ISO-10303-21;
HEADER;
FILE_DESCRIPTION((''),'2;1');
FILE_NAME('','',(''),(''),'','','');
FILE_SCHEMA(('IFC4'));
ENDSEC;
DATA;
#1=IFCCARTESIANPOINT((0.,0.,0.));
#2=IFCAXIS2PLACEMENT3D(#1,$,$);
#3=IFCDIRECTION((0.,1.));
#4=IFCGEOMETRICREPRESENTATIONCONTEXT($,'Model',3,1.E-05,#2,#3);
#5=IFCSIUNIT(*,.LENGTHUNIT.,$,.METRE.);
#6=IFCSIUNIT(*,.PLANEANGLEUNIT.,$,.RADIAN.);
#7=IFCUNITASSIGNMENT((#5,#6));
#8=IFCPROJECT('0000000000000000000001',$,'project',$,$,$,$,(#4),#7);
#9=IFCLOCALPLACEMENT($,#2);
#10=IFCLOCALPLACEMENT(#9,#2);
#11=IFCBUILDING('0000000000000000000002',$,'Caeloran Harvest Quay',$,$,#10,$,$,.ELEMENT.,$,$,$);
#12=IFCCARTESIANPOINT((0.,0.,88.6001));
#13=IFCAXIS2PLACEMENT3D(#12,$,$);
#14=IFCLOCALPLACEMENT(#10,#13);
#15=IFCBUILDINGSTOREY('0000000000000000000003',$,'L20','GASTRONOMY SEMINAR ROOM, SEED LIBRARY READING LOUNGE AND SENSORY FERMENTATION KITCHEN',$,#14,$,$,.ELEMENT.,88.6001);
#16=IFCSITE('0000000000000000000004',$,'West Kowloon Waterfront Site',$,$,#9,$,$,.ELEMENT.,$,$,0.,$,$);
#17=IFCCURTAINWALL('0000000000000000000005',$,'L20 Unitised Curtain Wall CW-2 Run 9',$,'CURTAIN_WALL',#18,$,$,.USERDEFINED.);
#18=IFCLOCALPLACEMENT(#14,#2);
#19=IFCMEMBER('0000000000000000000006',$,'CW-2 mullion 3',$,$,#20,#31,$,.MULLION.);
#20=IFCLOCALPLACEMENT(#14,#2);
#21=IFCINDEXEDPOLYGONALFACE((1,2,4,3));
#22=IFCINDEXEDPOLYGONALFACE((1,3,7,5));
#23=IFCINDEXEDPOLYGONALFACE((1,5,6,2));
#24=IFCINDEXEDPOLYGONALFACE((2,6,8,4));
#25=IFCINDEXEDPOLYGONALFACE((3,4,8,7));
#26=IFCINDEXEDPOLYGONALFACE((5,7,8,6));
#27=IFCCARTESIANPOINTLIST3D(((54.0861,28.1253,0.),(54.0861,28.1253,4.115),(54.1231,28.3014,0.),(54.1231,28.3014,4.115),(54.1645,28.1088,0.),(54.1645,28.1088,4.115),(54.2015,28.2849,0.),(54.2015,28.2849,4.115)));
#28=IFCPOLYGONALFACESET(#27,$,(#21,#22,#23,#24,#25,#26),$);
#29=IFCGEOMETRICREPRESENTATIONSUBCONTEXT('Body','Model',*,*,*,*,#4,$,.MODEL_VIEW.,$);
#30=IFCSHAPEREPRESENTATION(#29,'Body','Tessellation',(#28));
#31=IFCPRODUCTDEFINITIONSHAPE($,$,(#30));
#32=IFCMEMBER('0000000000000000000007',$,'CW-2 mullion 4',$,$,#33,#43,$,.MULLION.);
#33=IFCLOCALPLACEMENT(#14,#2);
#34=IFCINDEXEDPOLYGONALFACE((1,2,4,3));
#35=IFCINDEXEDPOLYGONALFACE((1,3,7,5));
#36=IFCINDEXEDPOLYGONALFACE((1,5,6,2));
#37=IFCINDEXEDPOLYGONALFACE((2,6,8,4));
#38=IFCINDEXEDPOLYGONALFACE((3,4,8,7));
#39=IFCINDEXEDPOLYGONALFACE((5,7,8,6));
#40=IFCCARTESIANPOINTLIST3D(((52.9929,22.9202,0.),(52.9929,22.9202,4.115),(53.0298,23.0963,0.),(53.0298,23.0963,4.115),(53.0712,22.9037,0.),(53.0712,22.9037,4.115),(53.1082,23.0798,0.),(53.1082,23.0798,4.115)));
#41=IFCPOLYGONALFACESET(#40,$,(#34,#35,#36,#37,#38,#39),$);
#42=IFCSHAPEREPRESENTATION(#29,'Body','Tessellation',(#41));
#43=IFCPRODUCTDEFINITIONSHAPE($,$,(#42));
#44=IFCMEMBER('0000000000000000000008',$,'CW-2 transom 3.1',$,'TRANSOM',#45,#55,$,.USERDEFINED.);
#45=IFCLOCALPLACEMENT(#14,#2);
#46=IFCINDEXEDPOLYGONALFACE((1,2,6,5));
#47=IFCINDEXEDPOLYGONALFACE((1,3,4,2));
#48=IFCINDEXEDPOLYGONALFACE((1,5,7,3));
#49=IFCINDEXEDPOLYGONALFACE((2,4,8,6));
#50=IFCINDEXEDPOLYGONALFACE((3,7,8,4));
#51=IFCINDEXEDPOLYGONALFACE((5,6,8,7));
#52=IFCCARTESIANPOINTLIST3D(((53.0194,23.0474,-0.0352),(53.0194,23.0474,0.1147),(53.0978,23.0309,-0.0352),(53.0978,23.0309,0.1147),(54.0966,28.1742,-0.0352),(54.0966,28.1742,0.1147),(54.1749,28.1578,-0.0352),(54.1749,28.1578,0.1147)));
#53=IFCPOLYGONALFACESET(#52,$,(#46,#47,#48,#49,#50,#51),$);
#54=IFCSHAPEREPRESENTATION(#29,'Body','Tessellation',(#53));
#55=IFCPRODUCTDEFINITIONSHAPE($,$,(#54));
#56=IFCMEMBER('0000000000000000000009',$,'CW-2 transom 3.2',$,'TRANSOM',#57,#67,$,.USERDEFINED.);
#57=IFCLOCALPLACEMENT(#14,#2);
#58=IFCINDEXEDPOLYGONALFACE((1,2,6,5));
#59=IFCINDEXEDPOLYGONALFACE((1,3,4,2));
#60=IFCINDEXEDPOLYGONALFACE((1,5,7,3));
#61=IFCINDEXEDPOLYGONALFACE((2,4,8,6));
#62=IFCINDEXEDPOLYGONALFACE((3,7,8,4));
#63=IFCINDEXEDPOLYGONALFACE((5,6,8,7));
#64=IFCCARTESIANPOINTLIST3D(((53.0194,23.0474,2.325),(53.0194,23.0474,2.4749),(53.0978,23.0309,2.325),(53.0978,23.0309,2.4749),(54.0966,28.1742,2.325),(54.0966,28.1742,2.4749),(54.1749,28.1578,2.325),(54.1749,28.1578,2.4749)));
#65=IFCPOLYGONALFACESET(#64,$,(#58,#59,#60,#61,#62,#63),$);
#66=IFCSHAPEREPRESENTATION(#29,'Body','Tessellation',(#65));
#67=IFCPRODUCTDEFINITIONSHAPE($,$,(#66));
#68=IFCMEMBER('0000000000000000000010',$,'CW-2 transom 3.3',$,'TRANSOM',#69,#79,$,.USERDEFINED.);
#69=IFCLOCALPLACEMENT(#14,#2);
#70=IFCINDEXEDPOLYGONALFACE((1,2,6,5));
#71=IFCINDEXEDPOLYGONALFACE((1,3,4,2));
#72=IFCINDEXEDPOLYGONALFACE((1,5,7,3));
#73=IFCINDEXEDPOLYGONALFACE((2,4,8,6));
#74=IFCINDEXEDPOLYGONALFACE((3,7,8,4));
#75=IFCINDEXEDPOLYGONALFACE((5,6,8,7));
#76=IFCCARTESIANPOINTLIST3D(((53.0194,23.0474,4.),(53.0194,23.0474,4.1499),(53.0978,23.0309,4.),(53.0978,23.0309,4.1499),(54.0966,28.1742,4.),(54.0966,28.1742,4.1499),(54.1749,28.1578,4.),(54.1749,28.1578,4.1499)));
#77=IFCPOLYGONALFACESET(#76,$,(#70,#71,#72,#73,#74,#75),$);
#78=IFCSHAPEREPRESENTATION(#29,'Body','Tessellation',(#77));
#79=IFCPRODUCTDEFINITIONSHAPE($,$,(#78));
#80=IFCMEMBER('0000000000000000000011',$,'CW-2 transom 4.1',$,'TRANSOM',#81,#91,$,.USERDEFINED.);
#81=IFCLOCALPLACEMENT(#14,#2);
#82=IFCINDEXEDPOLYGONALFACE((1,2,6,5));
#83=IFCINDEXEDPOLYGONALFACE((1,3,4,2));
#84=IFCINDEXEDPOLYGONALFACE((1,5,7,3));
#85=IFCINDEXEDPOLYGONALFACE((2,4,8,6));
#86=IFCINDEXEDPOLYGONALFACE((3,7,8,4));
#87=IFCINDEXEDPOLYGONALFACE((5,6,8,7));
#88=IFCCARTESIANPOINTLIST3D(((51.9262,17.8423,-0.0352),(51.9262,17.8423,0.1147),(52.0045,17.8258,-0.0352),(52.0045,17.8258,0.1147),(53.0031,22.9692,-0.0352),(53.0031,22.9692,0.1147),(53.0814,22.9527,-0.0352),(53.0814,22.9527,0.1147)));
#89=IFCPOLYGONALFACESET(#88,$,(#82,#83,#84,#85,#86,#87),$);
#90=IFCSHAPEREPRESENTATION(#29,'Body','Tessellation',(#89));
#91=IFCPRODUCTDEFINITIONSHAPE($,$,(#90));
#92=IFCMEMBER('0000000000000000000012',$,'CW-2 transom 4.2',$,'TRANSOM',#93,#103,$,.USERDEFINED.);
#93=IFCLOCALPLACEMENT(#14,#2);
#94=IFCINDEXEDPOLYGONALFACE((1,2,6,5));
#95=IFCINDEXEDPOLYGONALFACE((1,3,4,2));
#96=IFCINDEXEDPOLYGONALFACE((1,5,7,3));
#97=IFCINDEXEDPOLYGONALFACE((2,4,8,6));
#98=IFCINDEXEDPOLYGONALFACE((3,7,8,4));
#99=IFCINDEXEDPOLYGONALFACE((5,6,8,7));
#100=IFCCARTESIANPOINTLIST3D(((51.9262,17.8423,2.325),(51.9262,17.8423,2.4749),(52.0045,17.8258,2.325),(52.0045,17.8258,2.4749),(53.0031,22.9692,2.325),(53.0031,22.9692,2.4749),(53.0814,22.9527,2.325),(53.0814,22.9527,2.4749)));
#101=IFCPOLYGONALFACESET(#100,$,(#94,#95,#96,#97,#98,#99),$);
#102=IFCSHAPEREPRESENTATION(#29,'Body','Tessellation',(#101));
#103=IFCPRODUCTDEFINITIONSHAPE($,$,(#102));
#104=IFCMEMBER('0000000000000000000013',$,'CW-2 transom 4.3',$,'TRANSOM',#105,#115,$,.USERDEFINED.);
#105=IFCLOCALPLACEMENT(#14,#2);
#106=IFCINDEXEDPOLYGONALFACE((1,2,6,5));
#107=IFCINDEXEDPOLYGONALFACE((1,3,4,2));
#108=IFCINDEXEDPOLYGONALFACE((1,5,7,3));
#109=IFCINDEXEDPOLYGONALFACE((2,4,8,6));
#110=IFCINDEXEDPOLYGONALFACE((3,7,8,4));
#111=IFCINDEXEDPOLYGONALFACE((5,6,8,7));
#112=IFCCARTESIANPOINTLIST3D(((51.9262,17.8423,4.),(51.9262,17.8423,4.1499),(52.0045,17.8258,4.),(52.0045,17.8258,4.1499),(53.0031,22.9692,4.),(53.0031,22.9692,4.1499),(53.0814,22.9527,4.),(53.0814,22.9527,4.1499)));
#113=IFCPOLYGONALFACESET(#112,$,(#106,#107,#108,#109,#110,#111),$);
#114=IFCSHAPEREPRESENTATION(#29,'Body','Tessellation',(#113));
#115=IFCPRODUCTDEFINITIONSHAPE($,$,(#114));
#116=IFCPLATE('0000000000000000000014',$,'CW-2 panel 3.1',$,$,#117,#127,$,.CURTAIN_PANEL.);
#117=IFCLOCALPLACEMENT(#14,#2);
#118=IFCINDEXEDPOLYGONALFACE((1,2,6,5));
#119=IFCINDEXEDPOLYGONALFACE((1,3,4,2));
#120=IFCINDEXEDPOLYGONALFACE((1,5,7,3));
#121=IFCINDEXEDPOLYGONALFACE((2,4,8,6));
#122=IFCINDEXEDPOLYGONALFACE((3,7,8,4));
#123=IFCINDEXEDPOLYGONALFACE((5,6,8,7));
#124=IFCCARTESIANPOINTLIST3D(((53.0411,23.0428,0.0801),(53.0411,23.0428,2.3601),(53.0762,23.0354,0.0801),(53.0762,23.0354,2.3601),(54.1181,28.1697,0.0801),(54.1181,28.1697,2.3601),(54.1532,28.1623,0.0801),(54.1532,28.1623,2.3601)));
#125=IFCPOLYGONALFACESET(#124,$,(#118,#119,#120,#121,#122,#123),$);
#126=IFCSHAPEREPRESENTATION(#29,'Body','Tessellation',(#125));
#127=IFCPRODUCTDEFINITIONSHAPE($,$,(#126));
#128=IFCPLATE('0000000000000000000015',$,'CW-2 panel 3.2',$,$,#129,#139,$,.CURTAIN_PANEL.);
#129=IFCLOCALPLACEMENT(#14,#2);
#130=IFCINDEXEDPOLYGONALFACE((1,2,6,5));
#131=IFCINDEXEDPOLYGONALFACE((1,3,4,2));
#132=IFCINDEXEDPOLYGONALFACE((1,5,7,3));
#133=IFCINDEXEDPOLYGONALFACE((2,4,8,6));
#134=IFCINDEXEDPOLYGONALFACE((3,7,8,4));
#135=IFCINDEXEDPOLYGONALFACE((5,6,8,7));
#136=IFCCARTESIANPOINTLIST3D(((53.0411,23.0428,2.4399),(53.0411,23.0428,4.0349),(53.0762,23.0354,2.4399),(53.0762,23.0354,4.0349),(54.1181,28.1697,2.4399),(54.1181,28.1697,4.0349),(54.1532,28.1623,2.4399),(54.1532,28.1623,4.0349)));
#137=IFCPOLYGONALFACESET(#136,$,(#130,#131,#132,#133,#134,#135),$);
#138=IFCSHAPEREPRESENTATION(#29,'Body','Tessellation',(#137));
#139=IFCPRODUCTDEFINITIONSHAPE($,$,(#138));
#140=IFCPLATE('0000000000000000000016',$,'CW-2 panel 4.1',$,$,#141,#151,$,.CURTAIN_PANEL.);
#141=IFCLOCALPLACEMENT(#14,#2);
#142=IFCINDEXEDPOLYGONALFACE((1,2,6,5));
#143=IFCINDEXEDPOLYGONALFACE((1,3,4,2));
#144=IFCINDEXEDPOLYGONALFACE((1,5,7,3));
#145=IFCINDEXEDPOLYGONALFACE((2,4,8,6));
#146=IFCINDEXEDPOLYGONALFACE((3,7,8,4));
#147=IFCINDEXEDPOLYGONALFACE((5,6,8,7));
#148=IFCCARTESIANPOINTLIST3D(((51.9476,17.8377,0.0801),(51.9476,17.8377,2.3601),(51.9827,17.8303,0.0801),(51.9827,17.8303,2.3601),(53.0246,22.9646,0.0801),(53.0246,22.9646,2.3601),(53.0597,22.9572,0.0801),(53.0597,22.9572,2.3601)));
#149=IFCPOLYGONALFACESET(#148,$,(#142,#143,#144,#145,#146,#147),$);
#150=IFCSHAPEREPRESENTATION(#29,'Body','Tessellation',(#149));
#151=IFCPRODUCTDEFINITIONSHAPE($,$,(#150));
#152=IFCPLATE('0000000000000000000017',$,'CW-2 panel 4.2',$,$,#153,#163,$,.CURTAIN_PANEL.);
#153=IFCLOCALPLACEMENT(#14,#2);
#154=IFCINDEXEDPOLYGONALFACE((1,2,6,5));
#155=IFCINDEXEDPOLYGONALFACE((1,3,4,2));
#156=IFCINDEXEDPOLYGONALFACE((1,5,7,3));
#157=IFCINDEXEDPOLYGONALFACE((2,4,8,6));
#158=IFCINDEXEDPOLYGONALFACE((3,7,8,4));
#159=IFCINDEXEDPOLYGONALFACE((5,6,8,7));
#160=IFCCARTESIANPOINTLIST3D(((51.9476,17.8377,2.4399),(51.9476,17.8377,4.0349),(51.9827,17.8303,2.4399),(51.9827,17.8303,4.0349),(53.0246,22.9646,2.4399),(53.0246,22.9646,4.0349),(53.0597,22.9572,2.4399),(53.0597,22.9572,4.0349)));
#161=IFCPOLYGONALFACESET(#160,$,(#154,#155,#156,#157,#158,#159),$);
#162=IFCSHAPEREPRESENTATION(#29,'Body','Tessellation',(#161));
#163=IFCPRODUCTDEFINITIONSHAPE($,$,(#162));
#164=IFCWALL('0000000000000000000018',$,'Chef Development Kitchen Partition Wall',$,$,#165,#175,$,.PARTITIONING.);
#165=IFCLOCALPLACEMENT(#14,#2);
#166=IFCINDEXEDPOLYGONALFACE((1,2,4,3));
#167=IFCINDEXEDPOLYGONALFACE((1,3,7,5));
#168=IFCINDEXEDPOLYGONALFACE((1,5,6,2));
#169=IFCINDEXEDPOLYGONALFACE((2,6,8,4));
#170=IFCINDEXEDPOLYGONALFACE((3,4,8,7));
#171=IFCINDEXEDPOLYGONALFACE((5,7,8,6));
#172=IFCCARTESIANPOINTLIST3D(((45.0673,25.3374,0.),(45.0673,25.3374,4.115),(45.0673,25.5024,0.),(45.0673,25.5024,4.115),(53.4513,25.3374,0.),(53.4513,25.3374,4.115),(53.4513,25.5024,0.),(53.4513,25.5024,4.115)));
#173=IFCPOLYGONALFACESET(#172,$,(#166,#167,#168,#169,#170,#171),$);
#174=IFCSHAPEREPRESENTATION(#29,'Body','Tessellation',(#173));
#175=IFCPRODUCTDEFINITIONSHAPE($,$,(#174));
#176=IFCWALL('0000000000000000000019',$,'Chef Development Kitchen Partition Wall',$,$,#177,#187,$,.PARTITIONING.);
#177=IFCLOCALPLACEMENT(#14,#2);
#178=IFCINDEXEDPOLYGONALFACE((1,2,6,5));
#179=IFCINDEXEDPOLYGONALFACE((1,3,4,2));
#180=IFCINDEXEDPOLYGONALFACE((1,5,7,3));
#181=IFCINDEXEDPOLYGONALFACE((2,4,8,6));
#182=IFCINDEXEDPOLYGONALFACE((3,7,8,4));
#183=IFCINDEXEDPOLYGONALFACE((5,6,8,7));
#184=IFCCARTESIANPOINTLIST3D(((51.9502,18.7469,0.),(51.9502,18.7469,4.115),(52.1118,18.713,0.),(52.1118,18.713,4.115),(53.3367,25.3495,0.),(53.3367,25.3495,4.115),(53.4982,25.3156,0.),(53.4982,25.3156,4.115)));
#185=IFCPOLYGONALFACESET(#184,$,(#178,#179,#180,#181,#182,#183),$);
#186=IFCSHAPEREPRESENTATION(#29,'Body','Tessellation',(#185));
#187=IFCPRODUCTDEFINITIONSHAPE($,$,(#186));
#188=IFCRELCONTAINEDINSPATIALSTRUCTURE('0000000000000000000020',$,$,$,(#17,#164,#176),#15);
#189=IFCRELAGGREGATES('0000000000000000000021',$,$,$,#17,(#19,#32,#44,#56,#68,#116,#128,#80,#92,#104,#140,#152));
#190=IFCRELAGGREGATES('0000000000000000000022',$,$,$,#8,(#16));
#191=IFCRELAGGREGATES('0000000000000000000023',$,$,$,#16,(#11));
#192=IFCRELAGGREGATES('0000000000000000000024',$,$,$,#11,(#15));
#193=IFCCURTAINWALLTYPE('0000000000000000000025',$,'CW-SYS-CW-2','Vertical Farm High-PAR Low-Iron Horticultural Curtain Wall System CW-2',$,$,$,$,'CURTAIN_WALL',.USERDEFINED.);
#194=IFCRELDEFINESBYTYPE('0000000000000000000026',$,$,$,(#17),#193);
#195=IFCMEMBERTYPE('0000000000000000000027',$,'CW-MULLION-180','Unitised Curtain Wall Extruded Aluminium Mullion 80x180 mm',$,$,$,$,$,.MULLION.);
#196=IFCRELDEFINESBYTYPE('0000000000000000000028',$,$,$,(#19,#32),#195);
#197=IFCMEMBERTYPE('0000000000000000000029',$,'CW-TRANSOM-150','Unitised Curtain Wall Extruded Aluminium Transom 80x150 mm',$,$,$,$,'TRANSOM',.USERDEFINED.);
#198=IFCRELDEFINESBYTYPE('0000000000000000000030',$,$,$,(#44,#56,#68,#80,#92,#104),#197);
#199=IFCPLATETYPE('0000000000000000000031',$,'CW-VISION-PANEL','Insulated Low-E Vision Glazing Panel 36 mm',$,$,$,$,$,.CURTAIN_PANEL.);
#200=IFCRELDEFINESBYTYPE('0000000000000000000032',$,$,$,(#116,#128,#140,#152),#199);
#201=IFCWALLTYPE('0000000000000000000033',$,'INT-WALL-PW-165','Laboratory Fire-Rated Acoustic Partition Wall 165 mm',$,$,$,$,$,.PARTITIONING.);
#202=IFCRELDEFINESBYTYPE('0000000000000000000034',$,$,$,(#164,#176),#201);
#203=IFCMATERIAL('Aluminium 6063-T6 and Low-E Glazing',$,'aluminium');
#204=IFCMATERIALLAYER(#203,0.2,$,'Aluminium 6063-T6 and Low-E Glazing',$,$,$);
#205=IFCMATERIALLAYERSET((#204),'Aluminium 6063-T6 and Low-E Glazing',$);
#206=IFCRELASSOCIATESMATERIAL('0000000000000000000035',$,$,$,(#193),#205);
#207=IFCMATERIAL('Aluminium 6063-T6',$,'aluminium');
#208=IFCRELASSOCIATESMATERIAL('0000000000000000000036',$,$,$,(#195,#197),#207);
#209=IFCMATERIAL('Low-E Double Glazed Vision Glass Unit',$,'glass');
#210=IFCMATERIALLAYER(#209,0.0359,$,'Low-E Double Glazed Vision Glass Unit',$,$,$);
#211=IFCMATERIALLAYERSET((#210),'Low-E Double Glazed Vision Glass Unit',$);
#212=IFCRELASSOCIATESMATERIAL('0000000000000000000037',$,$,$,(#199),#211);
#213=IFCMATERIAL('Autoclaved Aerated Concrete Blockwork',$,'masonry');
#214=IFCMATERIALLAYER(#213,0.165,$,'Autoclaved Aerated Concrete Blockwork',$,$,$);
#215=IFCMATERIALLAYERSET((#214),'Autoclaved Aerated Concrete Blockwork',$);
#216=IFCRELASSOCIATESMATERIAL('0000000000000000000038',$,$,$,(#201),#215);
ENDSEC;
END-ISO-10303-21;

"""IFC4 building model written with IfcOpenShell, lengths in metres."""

from ifc_helpers import new_model, si_unit, direction, frame, frame_2d, origin, origin_2d, place, context, subcontext, project, spatial, rectangle, extrude, material, layer, layer_set, material_profile, profile_set, type_object, element, aggregate, save


model = new_model("IFC4")

# Units and contexts
model_context = context("Model", 3, precision=1e-05, world=origin(), true_north=direction((0.0, 1.0)))
body_context = subcontext(model_context, "Body", "Model", "MODEL_VIEW")
ifc_project = project(units=[si_unit("LENGTHUNIT", "METRE"), si_unit("PLANEANGLEUNIT", "RADIAN")], contexts=[model_context])

# Site, building, storey
site_placement = place(None, origin())
site = spatial("IfcSite", under=ifc_project, at=site_placement, Name="West Kowloon Waterfront Site", CompositionType="ELEMENT", RefElevation=0.0)
building_placement = place(site_placement, origin())
building = spatial("IfcBuilding", under=site, at=building_placement, Name="Caeloran Harvest Quay", CompositionType="ELEMENT")
storey_placement = place(building_placement, frame((0.0, 0.0, 88.6001)))
storey = spatial("IfcBuildingStorey", under=building, at=storey_placement, Name="L20", Description="GASTRONOMY SEMINAR ROOM, SEED LIBRARY READING LOUNGE AND SENSORY FERMENTATION KITCHEN", CompositionType="ELEMENT", Elevation=88.6001)

# Curtain wall, members, plates
ifc_material_1 = material(Name="Aluminium 6063-T6 and Low-E Glazing", Category="aluminium")
ifc_layer_1 = layer(ifc_material_1, 0.2, Name="Aluminium 6063-T6 and Low-E Glazing")
ifc_layer_set_1 = layer_set([ifc_layer_1], Name="Aluminium 6063-T6 and Low-E Glazing")
curtain_wall_type = type_object("IfcCurtainWallType", Name="CW-SYS-CW-2", Description="Vertical Farm High-PAR Low-Iron Horticultural Curtain Wall System CW-2", ElementType="CURTAIN_WALL", PredefinedType="USERDEFINED", material=ifc_layer_set_1)
curtain_wall_placement = place(storey_placement, origin())
curtain_wall = element("IfcCurtainWall", 1, at=curtain_wall_placement, inside=storey, type_object=curtain_wall_type, Name="L20 Unitised Curtain Wall CW-2 Run 9", ObjectType="CURTAIN_WALL", PredefinedType="USERDEFINED")
ifc_material_2 = material(Name="Aluminium 6063-T6", Category="aluminium")
ifc_material_profile_1 = material_profile(ifc_material_2, rectangle(XDim=0.0801, YDim=0.1799, at=origin_2d()), Name="CW-MULLION-180")
ifc_profile_set_1 = profile_set([ifc_material_profile_1], Name="Aluminium 6063-T6")
member_type_1 = type_object("IfcMemberType", Name="CW-MULLION-180", Description="Unitised Curtain Wall Extruded Aluminium Mullion 80x180 mm", PredefinedType="MULLION", material=ifc_profile_set_1)
member_1_placement = place(storey_placement, frame((54.1438, 28.2051, 0.0), z_axis=(0.0, 0.0, 1.0), x_axis=(0.97864, -0.205583, 0.0)))
member_1 = element("IfcMember", 2, at=member_1_placement, type_object=member_type_1, Name="CW-2 mullion 3", PredefinedType="MULLION", context=body_context, shape_type="SweptSolid", body=[
    extrude(rectangle(XDim=0.0801, YDim=0.1799, at=origin_2d()), origin(), (0.0, 0.0, 1.0), 4.115),
])
member_2_placement = place(storey_placement, frame((53.0505, 23.0, 0.0), z_axis=(0.0, 0.0, 1.0), x_axis=(0.97864, -0.205583, 0.0)))
member_2 = element("IfcMember", 3, at=member_2_placement, type_object=member_type_1, Name="CW-2 mullion 4", PredefinedType="MULLION", context=body_context, shape_type="SweptSolid", body=[
    extrude(rectangle(XDim=0.0801, YDim=0.1799, at=origin_2d()), origin(), (0.0, 0.0, 1.0), 4.115),
])
ifc_material_profile_2 = material_profile(ifc_material_2, rectangle(XDim=0.0801, YDim=0.1499, at=origin_2d()), Name="CW-TRANSOM-150")
ifc_profile_set_2 = profile_set([ifc_material_profile_2], Name="Aluminium 6063-T6")
member_type_2 = type_object("IfcMemberType", Name="CW-TRANSOM-150", Description="Unitised Curtain Wall Extruded Aluminium Transom 80x150 mm", ElementType="TRANSOM", PredefinedType="USERDEFINED", material=ifc_profile_set_2)
member_3_placement = place(storey_placement, frame((54.1357, 28.166, 0.0398), z_axis=(-0.205607, -0.978635, 0.0), x_axis=(0.978635, -0.205607, 0.0)))
member_3 = element("IfcMember", 4, at=member_3_placement, type_object=member_type_2, Name="CW-2 transom 3.1", ObjectType="TRANSOM", PredefinedType="USERDEFINED", context=body_context, shape_type="SweptSolid", body=[
    extrude(rectangle(XDim=0.0801, YDim=0.1499, at=origin_2d()), origin(), (0.0, 0.0, 1.0), 5.2388),
])
member_4_placement = place(storey_placement, frame((54.1357, 28.166, 2.3999), z_axis=(-0.205607, -0.978635, 0.0), x_axis=(0.978635, -0.205607, 0.0)))
member_4 = element("IfcMember", 5, at=member_4_placement, type_object=member_type_2, Name="CW-2 transom 3.2", ObjectType="TRANSOM", PredefinedType="USERDEFINED", context=body_context, shape_type="SweptSolid", body=[
    extrude(rectangle(XDim=0.0801, YDim=0.1499, at=origin_2d()), origin(), (0.0, 0.0, 1.0), 5.2388),
])
member_5_placement = place(storey_placement, frame((54.1357, 28.166, 4.075), z_axis=(-0.205607, -0.978635, 0.0), x_axis=(0.978635, -0.205607, 0.0)))
member_5 = element("IfcMember", 6, at=member_5_placement, type_object=member_type_2, Name="CW-2 transom 3.3", ObjectType="TRANSOM", PredefinedType="USERDEFINED", context=body_context, shape_type="SweptSolid", body=[
    extrude(rectangle(XDim=0.0801, YDim=0.1499, at=origin_2d()), origin(), (0.0, 0.0, 1.0), 5.2388),
])
member_6_placement = place(storey_placement, frame((53.0422, 22.9609, 0.0398), z_axis=(-0.205562, -0.978644, 0.0), x_axis=(0.978644, -0.205562, 0.0)))
member_6 = element("IfcMember", 7, at=member_6_placement, type_object=member_type_2, Name="CW-2 transom 4.1", ObjectType="TRANSOM", PredefinedType="USERDEFINED", context=body_context, shape_type="SweptSolid", body=[
    extrude(rectangle(XDim=0.0801, YDim=0.1499, at=origin_2d()), origin(), (0.0, 0.0, 1.0), 5.2388),
])
member_7_placement = place(storey_placement, frame((53.0422, 22.9609, 2.3999), z_axis=(-0.205562, -0.978644, 0.0), x_axis=(0.978644, -0.205562, 0.0)))
member_7 = element("IfcMember", 8, at=member_7_placement, type_object=member_type_2, Name="CW-2 transom 4.2", ObjectType="TRANSOM", PredefinedType="USERDEFINED", context=body_context, shape_type="SweptSolid", body=[
    extrude(rectangle(XDim=0.0801, YDim=0.1499, at=origin_2d()), origin(), (0.0, 0.0, 1.0), 5.2388),
])
member_8_placement = place(storey_placement, frame((53.0422, 22.9609, 4.075), z_axis=(-0.205562, -0.978644, 0.0), x_axis=(0.978644, -0.205562, 0.0)))
member_8 = element("IfcMember", 9, at=member_8_placement, type_object=member_type_2, Name="CW-2 transom 4.3", ObjectType="TRANSOM", PredefinedType="USERDEFINED", context=body_context, shape_type="SweptSolid", body=[
    extrude(rectangle(XDim=0.0801, YDim=0.1499, at=origin_2d()), origin(), (0.0, 0.0, 1.0), 5.2388),
])
ifc_material_3 = material(Name="Low-E Double Glazed Vision Glass Unit", Category="glass")
ifc_layer_2 = layer(ifc_material_3, 0.0359, Name="Low-E Double Glazed Vision Glass Unit")
ifc_layer_set_2 = layer_set([ifc_layer_2], Name="Low-E Double Glazed Vision Glass Unit")
plate_type = type_object("IfcPlateType", Name="CW-VISION-PANEL", Description="Insulated Low-E Vision Glazing Panel 36 mm", PredefinedType="CURTAIN_PANEL", material=ifc_layer_set_2)
plate_1_placement = place(storey_placement, frame((53.5972, 25.6025, 0.0801), z_axis=(0.0, 0.0, 1.0), x_axis=(-0.205583, -0.97864, 0.0)))
plate_1 = element("IfcPlate", 10, at=plate_1_placement, type_object=plate_type, Name="CW-2 panel 3.1", PredefinedType="CURTAIN_PANEL", context=body_context, shape_type="SweptSolid", body=[
    extrude(rectangle(XDim=5.2388, YDim=0.0359, at=origin_2d()), origin(), (0.0, 0.0, 1.0), 2.28),
])
plate_2_placement = place(storey_placement, frame((53.5972, 25.6025, 2.4399), z_axis=(0.0, 0.0, 1.0), x_axis=(-0.205583, -0.97864, 0.0)))
plate_2 = element("IfcPlate", 11, at=plate_2_placement, type_object=plate_type, Name="CW-2 panel 3.2", PredefinedType="CURTAIN_PANEL", context=body_context, shape_type="SweptSolid", body=[
    extrude(rectangle(XDim=5.2388, YDim=0.0359, at=origin_2d()), origin(), (0.0, 0.0, 1.0), 1.595),
])
plate_3_placement = place(storey_placement, frame((52.5037, 20.3975, 0.0801), z_axis=(0.0, 0.0, 1.0), x_axis=(-0.205583, -0.97864, 0.0)))
plate_3 = element("IfcPlate", 12, at=plate_3_placement, type_object=plate_type, Name="CW-2 panel 4.1", PredefinedType="CURTAIN_PANEL", context=body_context, shape_type="SweptSolid", body=[
    extrude(rectangle(XDim=5.2388, YDim=0.0359, at=origin_2d()), origin(), (0.0, 0.0, 1.0), 2.28),
])
plate_4_placement = place(storey_placement, frame((52.5037, 20.3975, 2.4399), z_axis=(0.0, 0.0, 1.0), x_axis=(-0.205583, -0.97864, 0.0)))
plate_4 = element("IfcPlate", 13, at=plate_4_placement, type_object=plate_type, Name="CW-2 panel 4.2", PredefinedType="CURTAIN_PANEL", context=body_context, shape_type="SweptSolid", body=[
    extrude(rectangle(XDim=5.2388, YDim=0.0359, at=origin_2d()), origin(), (0.0, 0.0, 1.0), 1.595),
])
aggregate(curtain_wall, [member_1, member_2, member_3, member_4, member_5, plate_1, plate_2, member_6, member_7, member_8, plate_3, plate_4])

# Walls
ifc_material_4 = material(Name="Autoclaved Aerated Concrete Blockwork", Category="masonry")
ifc_layer_3 = layer(ifc_material_4, 0.165, Name="Autoclaved Aerated Concrete Blockwork")
ifc_layer_set_3 = layer_set([ifc_layer_3], Name="Autoclaved Aerated Concrete Blockwork")
wall_type = type_object("IfcWallType", Name="INT-WALL-PW-165", Description="Laboratory Fire-Rated Acoustic Partition Wall 165 mm", PredefinedType="PARTITIONING", material=ifc_layer_set_3)
wall_1_placement = place(storey_placement, frame((45.0674, 25.4199, 0.0), z_axis=(0.0, 0.0, 1.0), x_axis=(1.0, 0.0, 0.0)))
element("IfcWall", 14, at=wall_1_placement, inside=storey, type_object=wall_type, Name="Chef Development Kitchen Partition Wall", PredefinedType="PARTITIONING", context=body_context, shape_type="SweptSolid", body=[
    extrude(rectangle(XDim=8.384, YDim=0.165, at=frame_2d((4.1919, 0.0))), origin(), (0.0, 0.0, 1.0), 4.115),
])
wall_2_placement = place(storey_placement, frame((53.4175, 25.3325, 0.0), z_axis=(0.0, 0.0, 1.0), x_axis=(-0.205509, -0.978655, 0.0)))
element("IfcWall", 15, at=wall_2_placement, inside=storey, type_object=wall_type, Name="Chef Development Kitchen Partition Wall", PredefinedType="PARTITIONING", context=body_context, shape_type="SweptSolid", body=[
    extrude(rectangle(XDim=6.7466, YDim=0.165, at=frame_2d((3.3733, 0.0))), origin(), (0.0, 0.0, 1.0), 4.115),
])

save(model, "model.ifc")
